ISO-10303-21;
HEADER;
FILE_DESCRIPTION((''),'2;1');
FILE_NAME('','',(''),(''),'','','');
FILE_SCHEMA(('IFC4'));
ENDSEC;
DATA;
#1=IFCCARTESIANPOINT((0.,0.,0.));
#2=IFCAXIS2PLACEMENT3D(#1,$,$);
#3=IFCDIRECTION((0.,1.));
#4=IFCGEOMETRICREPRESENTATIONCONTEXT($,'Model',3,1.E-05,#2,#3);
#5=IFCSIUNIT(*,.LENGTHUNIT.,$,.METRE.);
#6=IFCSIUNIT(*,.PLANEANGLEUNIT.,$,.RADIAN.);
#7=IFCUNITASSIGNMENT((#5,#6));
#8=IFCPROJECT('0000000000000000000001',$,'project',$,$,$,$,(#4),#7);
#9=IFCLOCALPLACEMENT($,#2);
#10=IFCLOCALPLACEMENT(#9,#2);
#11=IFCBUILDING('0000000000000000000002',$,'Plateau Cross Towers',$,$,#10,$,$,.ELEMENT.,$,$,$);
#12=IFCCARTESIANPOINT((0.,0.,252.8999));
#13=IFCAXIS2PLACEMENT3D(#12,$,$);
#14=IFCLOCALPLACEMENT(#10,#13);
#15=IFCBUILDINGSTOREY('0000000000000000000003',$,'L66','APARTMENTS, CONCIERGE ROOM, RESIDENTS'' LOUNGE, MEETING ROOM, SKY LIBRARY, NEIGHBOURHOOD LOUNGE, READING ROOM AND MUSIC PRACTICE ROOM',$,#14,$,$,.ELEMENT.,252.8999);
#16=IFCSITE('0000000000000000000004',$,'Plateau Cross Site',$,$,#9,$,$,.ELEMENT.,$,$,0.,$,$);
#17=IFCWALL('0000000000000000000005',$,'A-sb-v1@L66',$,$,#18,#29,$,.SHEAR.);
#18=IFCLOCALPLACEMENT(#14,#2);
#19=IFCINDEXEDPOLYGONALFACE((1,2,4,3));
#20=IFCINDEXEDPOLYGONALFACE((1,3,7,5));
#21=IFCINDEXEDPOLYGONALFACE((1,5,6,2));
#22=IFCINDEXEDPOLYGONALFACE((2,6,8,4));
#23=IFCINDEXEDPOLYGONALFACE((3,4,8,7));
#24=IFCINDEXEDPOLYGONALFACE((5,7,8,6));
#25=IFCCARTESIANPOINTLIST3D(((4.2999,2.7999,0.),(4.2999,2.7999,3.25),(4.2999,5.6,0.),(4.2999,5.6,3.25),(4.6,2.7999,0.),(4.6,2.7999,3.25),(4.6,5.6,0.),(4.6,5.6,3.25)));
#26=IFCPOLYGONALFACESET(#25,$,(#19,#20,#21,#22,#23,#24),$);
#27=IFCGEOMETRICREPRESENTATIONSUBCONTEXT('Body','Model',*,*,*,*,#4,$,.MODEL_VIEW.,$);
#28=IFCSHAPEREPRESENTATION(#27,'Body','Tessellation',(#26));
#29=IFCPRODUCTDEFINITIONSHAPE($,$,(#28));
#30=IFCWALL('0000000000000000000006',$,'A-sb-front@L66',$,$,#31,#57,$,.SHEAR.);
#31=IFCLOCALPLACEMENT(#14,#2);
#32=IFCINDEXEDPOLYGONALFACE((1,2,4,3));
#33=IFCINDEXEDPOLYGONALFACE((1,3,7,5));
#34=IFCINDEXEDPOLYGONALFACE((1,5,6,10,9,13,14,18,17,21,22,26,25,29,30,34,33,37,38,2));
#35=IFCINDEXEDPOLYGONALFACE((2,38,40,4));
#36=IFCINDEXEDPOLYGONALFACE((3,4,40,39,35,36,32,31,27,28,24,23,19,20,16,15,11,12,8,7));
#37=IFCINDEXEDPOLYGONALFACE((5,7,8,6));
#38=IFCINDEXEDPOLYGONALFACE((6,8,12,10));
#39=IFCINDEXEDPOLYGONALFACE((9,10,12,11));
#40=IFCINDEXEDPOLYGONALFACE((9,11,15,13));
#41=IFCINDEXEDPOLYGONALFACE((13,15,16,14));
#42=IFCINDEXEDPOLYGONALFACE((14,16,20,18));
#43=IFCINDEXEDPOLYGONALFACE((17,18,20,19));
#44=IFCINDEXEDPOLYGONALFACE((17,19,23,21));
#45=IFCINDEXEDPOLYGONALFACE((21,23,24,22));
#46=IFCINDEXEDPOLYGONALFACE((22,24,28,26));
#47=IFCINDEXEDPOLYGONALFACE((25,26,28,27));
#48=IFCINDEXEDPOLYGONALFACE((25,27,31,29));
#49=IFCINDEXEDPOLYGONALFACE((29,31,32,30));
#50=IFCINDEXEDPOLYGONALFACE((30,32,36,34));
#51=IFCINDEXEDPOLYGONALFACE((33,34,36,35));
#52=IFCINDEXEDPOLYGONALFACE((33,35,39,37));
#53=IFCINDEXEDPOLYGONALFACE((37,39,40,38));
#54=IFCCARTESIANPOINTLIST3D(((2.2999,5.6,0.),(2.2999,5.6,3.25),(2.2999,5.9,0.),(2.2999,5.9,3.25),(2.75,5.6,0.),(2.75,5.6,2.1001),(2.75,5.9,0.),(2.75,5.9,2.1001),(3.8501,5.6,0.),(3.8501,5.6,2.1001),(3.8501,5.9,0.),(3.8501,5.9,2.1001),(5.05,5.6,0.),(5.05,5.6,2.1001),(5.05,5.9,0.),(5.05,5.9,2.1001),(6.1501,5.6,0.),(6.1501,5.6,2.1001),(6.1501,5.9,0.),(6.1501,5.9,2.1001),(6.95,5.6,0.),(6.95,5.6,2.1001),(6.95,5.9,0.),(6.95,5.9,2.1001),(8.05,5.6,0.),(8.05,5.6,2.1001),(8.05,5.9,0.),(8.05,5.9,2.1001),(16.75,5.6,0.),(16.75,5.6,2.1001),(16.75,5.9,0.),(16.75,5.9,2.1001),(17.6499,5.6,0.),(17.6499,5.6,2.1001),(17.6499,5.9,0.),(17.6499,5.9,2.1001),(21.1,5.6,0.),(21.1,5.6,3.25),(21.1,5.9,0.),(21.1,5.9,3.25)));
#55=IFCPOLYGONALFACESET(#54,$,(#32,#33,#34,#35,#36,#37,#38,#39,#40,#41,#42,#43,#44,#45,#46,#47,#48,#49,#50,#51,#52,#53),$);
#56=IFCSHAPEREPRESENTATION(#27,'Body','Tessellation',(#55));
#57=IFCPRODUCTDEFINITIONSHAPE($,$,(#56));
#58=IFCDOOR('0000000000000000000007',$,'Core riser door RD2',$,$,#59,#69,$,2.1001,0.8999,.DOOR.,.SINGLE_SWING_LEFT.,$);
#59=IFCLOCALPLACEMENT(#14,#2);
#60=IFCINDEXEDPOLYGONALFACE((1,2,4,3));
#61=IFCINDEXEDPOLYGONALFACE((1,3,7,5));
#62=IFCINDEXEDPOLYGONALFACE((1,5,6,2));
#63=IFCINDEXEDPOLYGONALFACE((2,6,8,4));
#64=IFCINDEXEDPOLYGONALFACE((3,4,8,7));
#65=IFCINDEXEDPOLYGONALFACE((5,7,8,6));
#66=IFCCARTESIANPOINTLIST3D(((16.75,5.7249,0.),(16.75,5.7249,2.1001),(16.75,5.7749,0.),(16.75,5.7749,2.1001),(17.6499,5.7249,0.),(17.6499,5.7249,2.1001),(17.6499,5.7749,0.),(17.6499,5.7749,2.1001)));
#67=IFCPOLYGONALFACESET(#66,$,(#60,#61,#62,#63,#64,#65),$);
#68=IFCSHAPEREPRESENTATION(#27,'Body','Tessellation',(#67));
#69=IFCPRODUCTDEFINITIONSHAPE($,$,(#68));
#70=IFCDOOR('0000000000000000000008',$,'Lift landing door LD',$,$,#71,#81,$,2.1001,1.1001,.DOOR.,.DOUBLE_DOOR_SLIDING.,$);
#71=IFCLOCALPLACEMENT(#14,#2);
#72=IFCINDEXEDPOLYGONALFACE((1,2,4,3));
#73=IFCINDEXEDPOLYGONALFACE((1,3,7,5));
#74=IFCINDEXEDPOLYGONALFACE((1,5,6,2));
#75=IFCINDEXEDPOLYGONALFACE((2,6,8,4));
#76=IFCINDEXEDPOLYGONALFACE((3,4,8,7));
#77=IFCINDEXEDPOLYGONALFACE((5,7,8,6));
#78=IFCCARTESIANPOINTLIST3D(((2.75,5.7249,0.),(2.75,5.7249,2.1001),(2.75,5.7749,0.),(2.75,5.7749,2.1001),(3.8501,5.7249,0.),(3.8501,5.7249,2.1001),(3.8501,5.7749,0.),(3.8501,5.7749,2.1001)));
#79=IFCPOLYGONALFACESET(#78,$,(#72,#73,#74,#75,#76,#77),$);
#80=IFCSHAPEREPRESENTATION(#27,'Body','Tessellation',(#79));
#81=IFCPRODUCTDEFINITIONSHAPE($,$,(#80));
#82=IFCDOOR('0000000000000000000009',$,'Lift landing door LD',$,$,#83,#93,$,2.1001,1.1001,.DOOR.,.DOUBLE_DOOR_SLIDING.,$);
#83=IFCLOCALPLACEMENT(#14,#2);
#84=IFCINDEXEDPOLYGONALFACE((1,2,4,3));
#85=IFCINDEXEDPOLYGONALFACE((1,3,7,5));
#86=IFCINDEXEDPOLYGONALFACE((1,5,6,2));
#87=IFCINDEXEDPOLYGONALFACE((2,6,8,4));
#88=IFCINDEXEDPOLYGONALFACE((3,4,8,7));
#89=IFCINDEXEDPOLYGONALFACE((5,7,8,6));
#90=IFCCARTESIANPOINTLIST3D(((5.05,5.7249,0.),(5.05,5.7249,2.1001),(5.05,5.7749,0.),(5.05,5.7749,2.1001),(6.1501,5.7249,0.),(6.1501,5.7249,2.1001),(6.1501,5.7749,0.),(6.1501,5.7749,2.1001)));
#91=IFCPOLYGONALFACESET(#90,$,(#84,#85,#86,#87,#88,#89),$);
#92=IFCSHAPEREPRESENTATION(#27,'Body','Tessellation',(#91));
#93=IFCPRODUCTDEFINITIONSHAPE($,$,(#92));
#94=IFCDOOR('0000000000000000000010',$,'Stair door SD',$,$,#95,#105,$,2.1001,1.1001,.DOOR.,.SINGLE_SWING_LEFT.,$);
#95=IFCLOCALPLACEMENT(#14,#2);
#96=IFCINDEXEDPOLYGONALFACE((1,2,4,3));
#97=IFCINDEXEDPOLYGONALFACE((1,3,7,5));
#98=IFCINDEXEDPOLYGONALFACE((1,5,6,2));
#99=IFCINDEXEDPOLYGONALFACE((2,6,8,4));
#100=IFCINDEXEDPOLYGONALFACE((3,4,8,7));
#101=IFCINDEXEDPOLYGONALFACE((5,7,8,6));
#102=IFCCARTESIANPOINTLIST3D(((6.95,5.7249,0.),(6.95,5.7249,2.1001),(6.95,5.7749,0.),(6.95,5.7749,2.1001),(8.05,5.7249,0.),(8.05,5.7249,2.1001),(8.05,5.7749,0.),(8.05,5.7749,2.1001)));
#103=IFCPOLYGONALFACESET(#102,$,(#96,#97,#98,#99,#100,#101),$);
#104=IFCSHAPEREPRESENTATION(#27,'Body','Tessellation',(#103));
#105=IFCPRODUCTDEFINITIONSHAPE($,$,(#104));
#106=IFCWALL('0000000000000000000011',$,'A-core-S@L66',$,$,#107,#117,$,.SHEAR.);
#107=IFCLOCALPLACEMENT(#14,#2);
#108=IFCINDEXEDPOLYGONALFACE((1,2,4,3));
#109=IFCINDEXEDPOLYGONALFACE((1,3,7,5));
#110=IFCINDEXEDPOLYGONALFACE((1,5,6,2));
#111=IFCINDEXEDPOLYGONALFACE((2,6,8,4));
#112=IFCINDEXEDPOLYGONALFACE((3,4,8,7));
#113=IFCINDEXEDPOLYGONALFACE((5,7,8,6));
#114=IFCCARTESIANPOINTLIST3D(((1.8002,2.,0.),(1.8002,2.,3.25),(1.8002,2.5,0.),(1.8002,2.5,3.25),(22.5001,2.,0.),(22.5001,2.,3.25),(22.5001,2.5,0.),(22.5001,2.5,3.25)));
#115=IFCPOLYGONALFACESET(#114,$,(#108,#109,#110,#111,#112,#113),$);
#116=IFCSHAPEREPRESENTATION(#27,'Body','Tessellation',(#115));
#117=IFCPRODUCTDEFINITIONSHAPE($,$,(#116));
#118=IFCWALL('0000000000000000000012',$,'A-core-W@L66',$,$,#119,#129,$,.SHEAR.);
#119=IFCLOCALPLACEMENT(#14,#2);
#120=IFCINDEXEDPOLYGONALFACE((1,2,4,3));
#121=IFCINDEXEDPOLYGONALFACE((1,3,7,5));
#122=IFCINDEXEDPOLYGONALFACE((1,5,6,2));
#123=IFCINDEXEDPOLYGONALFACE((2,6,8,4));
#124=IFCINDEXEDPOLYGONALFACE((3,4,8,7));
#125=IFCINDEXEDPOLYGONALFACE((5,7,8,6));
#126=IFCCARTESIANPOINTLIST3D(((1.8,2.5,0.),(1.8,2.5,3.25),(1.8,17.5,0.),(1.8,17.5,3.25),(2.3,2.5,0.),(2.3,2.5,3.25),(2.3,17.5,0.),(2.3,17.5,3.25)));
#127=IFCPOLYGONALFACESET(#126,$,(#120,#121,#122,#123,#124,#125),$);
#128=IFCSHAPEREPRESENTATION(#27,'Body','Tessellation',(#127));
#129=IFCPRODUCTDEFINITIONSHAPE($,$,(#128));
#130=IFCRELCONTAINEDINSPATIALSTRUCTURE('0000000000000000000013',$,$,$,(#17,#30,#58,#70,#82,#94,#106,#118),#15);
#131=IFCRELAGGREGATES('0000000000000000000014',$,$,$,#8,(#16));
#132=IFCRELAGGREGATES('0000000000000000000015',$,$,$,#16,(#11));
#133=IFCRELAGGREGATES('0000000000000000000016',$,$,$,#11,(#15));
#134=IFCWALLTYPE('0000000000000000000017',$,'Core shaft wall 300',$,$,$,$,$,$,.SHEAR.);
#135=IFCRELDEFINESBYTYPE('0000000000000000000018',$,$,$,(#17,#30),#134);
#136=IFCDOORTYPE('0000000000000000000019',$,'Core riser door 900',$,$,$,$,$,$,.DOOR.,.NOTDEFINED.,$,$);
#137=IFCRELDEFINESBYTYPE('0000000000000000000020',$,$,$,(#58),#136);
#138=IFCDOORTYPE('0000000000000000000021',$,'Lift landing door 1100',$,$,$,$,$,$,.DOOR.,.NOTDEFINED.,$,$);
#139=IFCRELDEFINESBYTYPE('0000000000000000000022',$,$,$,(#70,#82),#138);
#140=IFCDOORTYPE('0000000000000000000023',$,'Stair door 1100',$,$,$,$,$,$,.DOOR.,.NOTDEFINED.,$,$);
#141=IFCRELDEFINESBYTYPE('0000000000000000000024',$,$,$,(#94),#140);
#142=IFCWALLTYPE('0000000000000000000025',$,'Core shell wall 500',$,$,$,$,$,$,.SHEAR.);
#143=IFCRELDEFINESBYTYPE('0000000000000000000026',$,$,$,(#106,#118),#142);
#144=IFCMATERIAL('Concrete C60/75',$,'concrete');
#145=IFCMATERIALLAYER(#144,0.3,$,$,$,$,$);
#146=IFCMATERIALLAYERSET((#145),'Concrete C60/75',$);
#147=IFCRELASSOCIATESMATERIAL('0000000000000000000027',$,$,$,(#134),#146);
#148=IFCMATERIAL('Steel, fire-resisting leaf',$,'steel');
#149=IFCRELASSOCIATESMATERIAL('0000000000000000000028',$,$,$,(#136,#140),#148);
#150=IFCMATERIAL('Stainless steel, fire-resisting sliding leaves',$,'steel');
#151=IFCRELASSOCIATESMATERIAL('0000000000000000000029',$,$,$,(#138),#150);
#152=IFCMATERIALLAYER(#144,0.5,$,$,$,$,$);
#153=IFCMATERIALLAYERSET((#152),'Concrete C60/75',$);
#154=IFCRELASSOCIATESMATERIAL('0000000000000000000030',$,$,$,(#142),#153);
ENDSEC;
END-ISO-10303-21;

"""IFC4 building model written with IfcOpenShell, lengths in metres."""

from ifc_helpers import new_model, si_unit, direction, frame, frame_2d, origin, place, context, subcontext, project, spatial, rectangle, extrude, material, layer, layer_set, type_object, element, fill, save


model = new_model("IFC4")

# Units and contexts
model_context = context("Model", 3, precision=1e-05, world=origin(), true_north=direction((0.0, 1.0)))
body_context = subcontext(model_context, "Body", "Model", "MODEL_VIEW")
ifc_project = project(units=[si_unit("LENGTHUNIT", "METRE"), si_unit("PLANEANGLEUNIT", "RADIAN")], contexts=[model_context])

# Site, building, storey
site_placement = place(None, origin())
site = spatial("IfcSite", under=ifc_project, at=site_placement, Name="Plateau Cross Site", CompositionType="ELEMENT", RefElevation=0.0)
building_placement = place(site_placement, origin())
building = spatial("IfcBuilding", under=site, at=building_placement, Name="Plateau Cross Towers", CompositionType="ELEMENT")
storey_placement = place(building_placement, frame((0.0, 0.0, 252.8999)))
storey = spatial("IfcBuildingStorey", under=building, at=storey_placement, Name="L66", Description="APARTMENTS, CONCIERGE ROOM, RESIDENTS' LOUNGE, MEETING ROOM, SKY LIBRARY, NEIGHBOURHOOD LOUNGE, READING ROOM AND MUSIC PRACTICE ROOM", CompositionType="ELEMENT", Elevation=252.8999)

# Shared definitions
ifc_material_1 = material(Name="Concrete C60/75", Category="concrete")

# Wall
ifc_layer_1 = layer(ifc_material_1, 0.3)
ifc_layer_set_1 = layer_set([ifc_layer_1], Name="Concrete C60/75")
wall_type_1 = type_object("IfcWallType", Name="Core shaft wall 300", PredefinedType="SHEAR", material=ifc_layer_set_1)
wall_1_placement = place(storey_placement, frame((4.45, 2.8, 0.0), z_axis=(0.0, 0.0, 1.0), x_axis=(0.0, 1.0, 0.0)))
element("IfcWall", 1, at=wall_1_placement, inside=storey, type_object=wall_type_1, Name="A-sb-v1@L66", PredefinedType="SHEAR", context=body_context, shape_type="SweptSolid", body=[
    extrude(rectangle(XDim=2.8, YDim=0.3, at=frame_2d((1.3999, 0.0))), origin(), (0.0, 0.0, 1.0), 3.25),
])

# Wall, openings, doors
wall_2_placement = place(storey_placement, frame((2.3, 5.75, 0.0), z_axis=(0.0, 0.0, 1.0), x_axis=(1.0, 0.0, 0.0)))
wall_2 = element("IfcWall", 2, at=wall_2_placement, inside=storey, type_object=wall_type_1, Name="A-sb-front@L66", PredefinedType="SHEAR", context=body_context, shape_type="SweptSolid", body=[
    extrude(rectangle(XDim=18.8, YDim=0.3, at=frame_2d((9.3999, 0.0))), origin(), (0.0, 0.0, 1.0), 3.25),
])
opening_1_placement = place(wall_2_placement, frame((4.6499, 0.0, 0.0)))
opening_1 = element("IfcOpeningElement", 3, at=opening_1_placement, cuts=wall_2, PredefinedType="OPENING", context=body_context, shape_type="SweptSolid", body=[
    extrude(rectangle(XDim=1.1001, YDim=2.1001, at=frame_2d((0.55, 1.05))), frame((0.0, 0.1599, 0.0), z_axis=(0.0, -1.0, 0.0), x_axis=(1.0, 0.0, 0.0)), (0.0, 0.0, 1.0), 0.3201),
])
opening_2_placement = place(wall_2_placement, frame((0.45, 0.0, 0.0)))
opening_2 = element("IfcOpeningElement", 4, at=opening_2_placement, cuts=wall_2, PredefinedType="OPENING", context=body_context, shape_type="SweptSolid", body=[
    extrude(rectangle(XDim=1.1001, YDim=2.1001, at=frame_2d((0.55, 1.05))), frame((0.0, 0.1599, 0.0), z_axis=(0.0, -1.0, 0.0), x_axis=(1.0, 0.0, 0.0)), (0.0, 0.0, 1.0), 0.3201),
])
opening_3_placement = place(wall_2_placement, frame((2.75, 0.0, 0.0)))
opening_3 = element("IfcOpeningElement", 5, at=opening_3_placement, cuts=wall_2, PredefinedType="OPENING", context=body_context, shape_type="SweptSolid", body=[
    extrude(rectangle(XDim=1.1001, YDim=2.1001, at=frame_2d((0.55, 1.05))), frame((0.0, 0.1599, 0.0), z_axis=(0.0, -1.0, 0.0), x_axis=(1.0, 0.0, 0.0)), (0.0, 0.0, 1.0), 0.3201),
])
opening_4_placement = place(wall_2_placement, frame((14.45, 0.0, 0.0)))
opening_4 = element("IfcOpeningElement", 6, at=opening_4_placement, cuts=wall_2, PredefinedType="OPENING", context=body_context, shape_type="SweptSolid", body=[
    extrude(rectangle(XDim=0.8999, YDim=2.1001, at=frame_2d((0.45, 1.05))), frame((0.0, 0.1599, 0.0), z_axis=(0.0, -1.0, 0.0), x_axis=(1.0, 0.0, 0.0)), (0.0, 0.0, 1.0), 0.3201),
])
ifc_material_2 = material(Name="Steel, fire-resisting leaf", Category="steel")
door_type_1 = type_object("IfcDoorType", Name="Core riser door 900", OperationType="NOTDEFINED", PredefinedType="DOOR", material=ifc_material_2)
door_1_placement = place(opening_4_placement, origin())
door_1 = element("IfcDoor", 7, at=door_1_placement, inside=storey, type_object=door_type_1, Name="Core riser door RD2", OperationType="SINGLE_SWING_LEFT", OverallHeight=2.1001, OverallWidth=0.8999, PredefinedType="DOOR", context=body_context, shape_type="SweptSolid", body=[
    extrude(rectangle(XDim=0.8999, YDim=2.1001, at=frame_2d((0.45, 1.05))), frame((0.0, 0.0249, 0.0), z_axis=(0.0, -1.0, 0.0), x_axis=(1.0, 0.0, 0.0)), (0.0, 0.0, 1.0), 0.05),
])
fill(opening_4, door_1)
ifc_material_3 = material(Name="Stainless steel, fire-resisting sliding leaves", Category="steel")
door_type_2 = type_object("IfcDoorType", Name="Lift landing door 1100", OperationType="NOTDEFINED", PredefinedType="DOOR", material=ifc_material_3)
door_2_placement = place(opening_2_placement, origin())
door_2 = element("IfcDoor", 8, at=door_2_placement, inside=storey, type_object=door_type_2, Name="Lift landing door LD", OperationType="DOUBLE_DOOR_SLIDING", OverallHeight=2.1001, OverallWidth=1.1001, PredefinedType="DOOR", context=body_context, shape_type="SweptSolid", body=[
    extrude(rectangle(XDim=1.1001, YDim=2.1001, at=frame_2d((0.55, 1.05))), frame((0.0, 0.0249, 0.0), z_axis=(0.0, -1.0, 0.0), x_axis=(1.0, 0.0, 0.0)), (0.0, 0.0, 1.0), 0.05),
])
fill(opening_2, door_2)
door_3_placement = place(opening_3_placement, origin())
door_3 = element("IfcDoor", 9, at=door_3_placement, inside=storey, type_object=door_type_2, Name="Lift landing door LD", OperationType="DOUBLE_DOOR_SLIDING", OverallHeight=2.1001, OverallWidth=1.1001, PredefinedType="DOOR", context=body_context, shape_type="SweptSolid", body=[
    extrude(rectangle(XDim=1.1001, YDim=2.1001, at=frame_2d((0.55, 1.05))), frame((0.0, 0.0249, 0.0), z_axis=(0.0, -1.0, 0.0), x_axis=(1.0, 0.0, 0.0)), (0.0, 0.0, 1.0), 0.05),
])
fill(opening_3, door_3)
door_type_3 = type_object("IfcDoorType", Name="Stair door 1100", OperationType="NOTDEFINED", PredefinedType="DOOR", material=ifc_material_2)
door_4_placement = place(opening_1_placement, origin())
door_4 = element("IfcDoor", 10, at=door_4_placement, inside=storey, type_object=door_type_3, Name="Stair door SD", OperationType="SINGLE_SWING_LEFT", OverallHeight=2.1001, OverallWidth=1.1001, PredefinedType="DOOR", context=body_context, shape_type="SweptSolid", body=[
    extrude(rectangle(XDim=1.1001, YDim=2.1001, at=frame_2d((0.55, 1.05))), frame((0.0, 0.0249, 0.0), z_axis=(0.0, -1.0, 0.0), x_axis=(1.0, 0.0, 0.0)), (0.0, 0.0, 1.0), 0.05),
])
fill(opening_1, door_4)

# Walls
ifc_layer_2 = layer(ifc_material_1, 0.5)
ifc_layer_set_2 = layer_set([ifc_layer_2], Name="Concrete C60/75")
wall_type_2 = type_object("IfcWallType", Name="Core shell wall 500", PredefinedType="SHEAR", material=ifc_layer_set_2)
wall_3_placement = place(storey_placement, frame((1.8, 2.25, 0.0), z_axis=(0.0, 0.0, 1.0), x_axis=(1.0, 0.0, 0.0)))
element("IfcWall", 11, at=wall_3_placement, inside=storey, type_object=wall_type_2, Name="A-core-S@L66", PredefinedType="SHEAR", context=body_context, shape_type="SweptSolid", body=[
    extrude(rectangle(XDim=20.7, YDim=0.5, at=frame_2d((10.3501, 0.0))), origin(), (0.0, 0.0, 1.0), 3.25),
])
wall_4_placement = place(storey_placement, frame((2.05, 2.5, 0.0), z_axis=(0.0, 0.0, 1.0), x_axis=(0.0, 1.0, 0.0)))
element("IfcWall", 12, at=wall_4_placement, inside=storey, type_object=wall_type_2, Name="A-core-W@L66", PredefinedType="SHEAR", context=body_context, shape_type="SweptSolid", body=[
    extrude(rectangle(XDim=15.0, YDim=0.5, at=frame_2d((7.5, 0.0))), origin(), (0.0, 0.0, 1.0), 3.25),
])

save(model, "model.ifc")
